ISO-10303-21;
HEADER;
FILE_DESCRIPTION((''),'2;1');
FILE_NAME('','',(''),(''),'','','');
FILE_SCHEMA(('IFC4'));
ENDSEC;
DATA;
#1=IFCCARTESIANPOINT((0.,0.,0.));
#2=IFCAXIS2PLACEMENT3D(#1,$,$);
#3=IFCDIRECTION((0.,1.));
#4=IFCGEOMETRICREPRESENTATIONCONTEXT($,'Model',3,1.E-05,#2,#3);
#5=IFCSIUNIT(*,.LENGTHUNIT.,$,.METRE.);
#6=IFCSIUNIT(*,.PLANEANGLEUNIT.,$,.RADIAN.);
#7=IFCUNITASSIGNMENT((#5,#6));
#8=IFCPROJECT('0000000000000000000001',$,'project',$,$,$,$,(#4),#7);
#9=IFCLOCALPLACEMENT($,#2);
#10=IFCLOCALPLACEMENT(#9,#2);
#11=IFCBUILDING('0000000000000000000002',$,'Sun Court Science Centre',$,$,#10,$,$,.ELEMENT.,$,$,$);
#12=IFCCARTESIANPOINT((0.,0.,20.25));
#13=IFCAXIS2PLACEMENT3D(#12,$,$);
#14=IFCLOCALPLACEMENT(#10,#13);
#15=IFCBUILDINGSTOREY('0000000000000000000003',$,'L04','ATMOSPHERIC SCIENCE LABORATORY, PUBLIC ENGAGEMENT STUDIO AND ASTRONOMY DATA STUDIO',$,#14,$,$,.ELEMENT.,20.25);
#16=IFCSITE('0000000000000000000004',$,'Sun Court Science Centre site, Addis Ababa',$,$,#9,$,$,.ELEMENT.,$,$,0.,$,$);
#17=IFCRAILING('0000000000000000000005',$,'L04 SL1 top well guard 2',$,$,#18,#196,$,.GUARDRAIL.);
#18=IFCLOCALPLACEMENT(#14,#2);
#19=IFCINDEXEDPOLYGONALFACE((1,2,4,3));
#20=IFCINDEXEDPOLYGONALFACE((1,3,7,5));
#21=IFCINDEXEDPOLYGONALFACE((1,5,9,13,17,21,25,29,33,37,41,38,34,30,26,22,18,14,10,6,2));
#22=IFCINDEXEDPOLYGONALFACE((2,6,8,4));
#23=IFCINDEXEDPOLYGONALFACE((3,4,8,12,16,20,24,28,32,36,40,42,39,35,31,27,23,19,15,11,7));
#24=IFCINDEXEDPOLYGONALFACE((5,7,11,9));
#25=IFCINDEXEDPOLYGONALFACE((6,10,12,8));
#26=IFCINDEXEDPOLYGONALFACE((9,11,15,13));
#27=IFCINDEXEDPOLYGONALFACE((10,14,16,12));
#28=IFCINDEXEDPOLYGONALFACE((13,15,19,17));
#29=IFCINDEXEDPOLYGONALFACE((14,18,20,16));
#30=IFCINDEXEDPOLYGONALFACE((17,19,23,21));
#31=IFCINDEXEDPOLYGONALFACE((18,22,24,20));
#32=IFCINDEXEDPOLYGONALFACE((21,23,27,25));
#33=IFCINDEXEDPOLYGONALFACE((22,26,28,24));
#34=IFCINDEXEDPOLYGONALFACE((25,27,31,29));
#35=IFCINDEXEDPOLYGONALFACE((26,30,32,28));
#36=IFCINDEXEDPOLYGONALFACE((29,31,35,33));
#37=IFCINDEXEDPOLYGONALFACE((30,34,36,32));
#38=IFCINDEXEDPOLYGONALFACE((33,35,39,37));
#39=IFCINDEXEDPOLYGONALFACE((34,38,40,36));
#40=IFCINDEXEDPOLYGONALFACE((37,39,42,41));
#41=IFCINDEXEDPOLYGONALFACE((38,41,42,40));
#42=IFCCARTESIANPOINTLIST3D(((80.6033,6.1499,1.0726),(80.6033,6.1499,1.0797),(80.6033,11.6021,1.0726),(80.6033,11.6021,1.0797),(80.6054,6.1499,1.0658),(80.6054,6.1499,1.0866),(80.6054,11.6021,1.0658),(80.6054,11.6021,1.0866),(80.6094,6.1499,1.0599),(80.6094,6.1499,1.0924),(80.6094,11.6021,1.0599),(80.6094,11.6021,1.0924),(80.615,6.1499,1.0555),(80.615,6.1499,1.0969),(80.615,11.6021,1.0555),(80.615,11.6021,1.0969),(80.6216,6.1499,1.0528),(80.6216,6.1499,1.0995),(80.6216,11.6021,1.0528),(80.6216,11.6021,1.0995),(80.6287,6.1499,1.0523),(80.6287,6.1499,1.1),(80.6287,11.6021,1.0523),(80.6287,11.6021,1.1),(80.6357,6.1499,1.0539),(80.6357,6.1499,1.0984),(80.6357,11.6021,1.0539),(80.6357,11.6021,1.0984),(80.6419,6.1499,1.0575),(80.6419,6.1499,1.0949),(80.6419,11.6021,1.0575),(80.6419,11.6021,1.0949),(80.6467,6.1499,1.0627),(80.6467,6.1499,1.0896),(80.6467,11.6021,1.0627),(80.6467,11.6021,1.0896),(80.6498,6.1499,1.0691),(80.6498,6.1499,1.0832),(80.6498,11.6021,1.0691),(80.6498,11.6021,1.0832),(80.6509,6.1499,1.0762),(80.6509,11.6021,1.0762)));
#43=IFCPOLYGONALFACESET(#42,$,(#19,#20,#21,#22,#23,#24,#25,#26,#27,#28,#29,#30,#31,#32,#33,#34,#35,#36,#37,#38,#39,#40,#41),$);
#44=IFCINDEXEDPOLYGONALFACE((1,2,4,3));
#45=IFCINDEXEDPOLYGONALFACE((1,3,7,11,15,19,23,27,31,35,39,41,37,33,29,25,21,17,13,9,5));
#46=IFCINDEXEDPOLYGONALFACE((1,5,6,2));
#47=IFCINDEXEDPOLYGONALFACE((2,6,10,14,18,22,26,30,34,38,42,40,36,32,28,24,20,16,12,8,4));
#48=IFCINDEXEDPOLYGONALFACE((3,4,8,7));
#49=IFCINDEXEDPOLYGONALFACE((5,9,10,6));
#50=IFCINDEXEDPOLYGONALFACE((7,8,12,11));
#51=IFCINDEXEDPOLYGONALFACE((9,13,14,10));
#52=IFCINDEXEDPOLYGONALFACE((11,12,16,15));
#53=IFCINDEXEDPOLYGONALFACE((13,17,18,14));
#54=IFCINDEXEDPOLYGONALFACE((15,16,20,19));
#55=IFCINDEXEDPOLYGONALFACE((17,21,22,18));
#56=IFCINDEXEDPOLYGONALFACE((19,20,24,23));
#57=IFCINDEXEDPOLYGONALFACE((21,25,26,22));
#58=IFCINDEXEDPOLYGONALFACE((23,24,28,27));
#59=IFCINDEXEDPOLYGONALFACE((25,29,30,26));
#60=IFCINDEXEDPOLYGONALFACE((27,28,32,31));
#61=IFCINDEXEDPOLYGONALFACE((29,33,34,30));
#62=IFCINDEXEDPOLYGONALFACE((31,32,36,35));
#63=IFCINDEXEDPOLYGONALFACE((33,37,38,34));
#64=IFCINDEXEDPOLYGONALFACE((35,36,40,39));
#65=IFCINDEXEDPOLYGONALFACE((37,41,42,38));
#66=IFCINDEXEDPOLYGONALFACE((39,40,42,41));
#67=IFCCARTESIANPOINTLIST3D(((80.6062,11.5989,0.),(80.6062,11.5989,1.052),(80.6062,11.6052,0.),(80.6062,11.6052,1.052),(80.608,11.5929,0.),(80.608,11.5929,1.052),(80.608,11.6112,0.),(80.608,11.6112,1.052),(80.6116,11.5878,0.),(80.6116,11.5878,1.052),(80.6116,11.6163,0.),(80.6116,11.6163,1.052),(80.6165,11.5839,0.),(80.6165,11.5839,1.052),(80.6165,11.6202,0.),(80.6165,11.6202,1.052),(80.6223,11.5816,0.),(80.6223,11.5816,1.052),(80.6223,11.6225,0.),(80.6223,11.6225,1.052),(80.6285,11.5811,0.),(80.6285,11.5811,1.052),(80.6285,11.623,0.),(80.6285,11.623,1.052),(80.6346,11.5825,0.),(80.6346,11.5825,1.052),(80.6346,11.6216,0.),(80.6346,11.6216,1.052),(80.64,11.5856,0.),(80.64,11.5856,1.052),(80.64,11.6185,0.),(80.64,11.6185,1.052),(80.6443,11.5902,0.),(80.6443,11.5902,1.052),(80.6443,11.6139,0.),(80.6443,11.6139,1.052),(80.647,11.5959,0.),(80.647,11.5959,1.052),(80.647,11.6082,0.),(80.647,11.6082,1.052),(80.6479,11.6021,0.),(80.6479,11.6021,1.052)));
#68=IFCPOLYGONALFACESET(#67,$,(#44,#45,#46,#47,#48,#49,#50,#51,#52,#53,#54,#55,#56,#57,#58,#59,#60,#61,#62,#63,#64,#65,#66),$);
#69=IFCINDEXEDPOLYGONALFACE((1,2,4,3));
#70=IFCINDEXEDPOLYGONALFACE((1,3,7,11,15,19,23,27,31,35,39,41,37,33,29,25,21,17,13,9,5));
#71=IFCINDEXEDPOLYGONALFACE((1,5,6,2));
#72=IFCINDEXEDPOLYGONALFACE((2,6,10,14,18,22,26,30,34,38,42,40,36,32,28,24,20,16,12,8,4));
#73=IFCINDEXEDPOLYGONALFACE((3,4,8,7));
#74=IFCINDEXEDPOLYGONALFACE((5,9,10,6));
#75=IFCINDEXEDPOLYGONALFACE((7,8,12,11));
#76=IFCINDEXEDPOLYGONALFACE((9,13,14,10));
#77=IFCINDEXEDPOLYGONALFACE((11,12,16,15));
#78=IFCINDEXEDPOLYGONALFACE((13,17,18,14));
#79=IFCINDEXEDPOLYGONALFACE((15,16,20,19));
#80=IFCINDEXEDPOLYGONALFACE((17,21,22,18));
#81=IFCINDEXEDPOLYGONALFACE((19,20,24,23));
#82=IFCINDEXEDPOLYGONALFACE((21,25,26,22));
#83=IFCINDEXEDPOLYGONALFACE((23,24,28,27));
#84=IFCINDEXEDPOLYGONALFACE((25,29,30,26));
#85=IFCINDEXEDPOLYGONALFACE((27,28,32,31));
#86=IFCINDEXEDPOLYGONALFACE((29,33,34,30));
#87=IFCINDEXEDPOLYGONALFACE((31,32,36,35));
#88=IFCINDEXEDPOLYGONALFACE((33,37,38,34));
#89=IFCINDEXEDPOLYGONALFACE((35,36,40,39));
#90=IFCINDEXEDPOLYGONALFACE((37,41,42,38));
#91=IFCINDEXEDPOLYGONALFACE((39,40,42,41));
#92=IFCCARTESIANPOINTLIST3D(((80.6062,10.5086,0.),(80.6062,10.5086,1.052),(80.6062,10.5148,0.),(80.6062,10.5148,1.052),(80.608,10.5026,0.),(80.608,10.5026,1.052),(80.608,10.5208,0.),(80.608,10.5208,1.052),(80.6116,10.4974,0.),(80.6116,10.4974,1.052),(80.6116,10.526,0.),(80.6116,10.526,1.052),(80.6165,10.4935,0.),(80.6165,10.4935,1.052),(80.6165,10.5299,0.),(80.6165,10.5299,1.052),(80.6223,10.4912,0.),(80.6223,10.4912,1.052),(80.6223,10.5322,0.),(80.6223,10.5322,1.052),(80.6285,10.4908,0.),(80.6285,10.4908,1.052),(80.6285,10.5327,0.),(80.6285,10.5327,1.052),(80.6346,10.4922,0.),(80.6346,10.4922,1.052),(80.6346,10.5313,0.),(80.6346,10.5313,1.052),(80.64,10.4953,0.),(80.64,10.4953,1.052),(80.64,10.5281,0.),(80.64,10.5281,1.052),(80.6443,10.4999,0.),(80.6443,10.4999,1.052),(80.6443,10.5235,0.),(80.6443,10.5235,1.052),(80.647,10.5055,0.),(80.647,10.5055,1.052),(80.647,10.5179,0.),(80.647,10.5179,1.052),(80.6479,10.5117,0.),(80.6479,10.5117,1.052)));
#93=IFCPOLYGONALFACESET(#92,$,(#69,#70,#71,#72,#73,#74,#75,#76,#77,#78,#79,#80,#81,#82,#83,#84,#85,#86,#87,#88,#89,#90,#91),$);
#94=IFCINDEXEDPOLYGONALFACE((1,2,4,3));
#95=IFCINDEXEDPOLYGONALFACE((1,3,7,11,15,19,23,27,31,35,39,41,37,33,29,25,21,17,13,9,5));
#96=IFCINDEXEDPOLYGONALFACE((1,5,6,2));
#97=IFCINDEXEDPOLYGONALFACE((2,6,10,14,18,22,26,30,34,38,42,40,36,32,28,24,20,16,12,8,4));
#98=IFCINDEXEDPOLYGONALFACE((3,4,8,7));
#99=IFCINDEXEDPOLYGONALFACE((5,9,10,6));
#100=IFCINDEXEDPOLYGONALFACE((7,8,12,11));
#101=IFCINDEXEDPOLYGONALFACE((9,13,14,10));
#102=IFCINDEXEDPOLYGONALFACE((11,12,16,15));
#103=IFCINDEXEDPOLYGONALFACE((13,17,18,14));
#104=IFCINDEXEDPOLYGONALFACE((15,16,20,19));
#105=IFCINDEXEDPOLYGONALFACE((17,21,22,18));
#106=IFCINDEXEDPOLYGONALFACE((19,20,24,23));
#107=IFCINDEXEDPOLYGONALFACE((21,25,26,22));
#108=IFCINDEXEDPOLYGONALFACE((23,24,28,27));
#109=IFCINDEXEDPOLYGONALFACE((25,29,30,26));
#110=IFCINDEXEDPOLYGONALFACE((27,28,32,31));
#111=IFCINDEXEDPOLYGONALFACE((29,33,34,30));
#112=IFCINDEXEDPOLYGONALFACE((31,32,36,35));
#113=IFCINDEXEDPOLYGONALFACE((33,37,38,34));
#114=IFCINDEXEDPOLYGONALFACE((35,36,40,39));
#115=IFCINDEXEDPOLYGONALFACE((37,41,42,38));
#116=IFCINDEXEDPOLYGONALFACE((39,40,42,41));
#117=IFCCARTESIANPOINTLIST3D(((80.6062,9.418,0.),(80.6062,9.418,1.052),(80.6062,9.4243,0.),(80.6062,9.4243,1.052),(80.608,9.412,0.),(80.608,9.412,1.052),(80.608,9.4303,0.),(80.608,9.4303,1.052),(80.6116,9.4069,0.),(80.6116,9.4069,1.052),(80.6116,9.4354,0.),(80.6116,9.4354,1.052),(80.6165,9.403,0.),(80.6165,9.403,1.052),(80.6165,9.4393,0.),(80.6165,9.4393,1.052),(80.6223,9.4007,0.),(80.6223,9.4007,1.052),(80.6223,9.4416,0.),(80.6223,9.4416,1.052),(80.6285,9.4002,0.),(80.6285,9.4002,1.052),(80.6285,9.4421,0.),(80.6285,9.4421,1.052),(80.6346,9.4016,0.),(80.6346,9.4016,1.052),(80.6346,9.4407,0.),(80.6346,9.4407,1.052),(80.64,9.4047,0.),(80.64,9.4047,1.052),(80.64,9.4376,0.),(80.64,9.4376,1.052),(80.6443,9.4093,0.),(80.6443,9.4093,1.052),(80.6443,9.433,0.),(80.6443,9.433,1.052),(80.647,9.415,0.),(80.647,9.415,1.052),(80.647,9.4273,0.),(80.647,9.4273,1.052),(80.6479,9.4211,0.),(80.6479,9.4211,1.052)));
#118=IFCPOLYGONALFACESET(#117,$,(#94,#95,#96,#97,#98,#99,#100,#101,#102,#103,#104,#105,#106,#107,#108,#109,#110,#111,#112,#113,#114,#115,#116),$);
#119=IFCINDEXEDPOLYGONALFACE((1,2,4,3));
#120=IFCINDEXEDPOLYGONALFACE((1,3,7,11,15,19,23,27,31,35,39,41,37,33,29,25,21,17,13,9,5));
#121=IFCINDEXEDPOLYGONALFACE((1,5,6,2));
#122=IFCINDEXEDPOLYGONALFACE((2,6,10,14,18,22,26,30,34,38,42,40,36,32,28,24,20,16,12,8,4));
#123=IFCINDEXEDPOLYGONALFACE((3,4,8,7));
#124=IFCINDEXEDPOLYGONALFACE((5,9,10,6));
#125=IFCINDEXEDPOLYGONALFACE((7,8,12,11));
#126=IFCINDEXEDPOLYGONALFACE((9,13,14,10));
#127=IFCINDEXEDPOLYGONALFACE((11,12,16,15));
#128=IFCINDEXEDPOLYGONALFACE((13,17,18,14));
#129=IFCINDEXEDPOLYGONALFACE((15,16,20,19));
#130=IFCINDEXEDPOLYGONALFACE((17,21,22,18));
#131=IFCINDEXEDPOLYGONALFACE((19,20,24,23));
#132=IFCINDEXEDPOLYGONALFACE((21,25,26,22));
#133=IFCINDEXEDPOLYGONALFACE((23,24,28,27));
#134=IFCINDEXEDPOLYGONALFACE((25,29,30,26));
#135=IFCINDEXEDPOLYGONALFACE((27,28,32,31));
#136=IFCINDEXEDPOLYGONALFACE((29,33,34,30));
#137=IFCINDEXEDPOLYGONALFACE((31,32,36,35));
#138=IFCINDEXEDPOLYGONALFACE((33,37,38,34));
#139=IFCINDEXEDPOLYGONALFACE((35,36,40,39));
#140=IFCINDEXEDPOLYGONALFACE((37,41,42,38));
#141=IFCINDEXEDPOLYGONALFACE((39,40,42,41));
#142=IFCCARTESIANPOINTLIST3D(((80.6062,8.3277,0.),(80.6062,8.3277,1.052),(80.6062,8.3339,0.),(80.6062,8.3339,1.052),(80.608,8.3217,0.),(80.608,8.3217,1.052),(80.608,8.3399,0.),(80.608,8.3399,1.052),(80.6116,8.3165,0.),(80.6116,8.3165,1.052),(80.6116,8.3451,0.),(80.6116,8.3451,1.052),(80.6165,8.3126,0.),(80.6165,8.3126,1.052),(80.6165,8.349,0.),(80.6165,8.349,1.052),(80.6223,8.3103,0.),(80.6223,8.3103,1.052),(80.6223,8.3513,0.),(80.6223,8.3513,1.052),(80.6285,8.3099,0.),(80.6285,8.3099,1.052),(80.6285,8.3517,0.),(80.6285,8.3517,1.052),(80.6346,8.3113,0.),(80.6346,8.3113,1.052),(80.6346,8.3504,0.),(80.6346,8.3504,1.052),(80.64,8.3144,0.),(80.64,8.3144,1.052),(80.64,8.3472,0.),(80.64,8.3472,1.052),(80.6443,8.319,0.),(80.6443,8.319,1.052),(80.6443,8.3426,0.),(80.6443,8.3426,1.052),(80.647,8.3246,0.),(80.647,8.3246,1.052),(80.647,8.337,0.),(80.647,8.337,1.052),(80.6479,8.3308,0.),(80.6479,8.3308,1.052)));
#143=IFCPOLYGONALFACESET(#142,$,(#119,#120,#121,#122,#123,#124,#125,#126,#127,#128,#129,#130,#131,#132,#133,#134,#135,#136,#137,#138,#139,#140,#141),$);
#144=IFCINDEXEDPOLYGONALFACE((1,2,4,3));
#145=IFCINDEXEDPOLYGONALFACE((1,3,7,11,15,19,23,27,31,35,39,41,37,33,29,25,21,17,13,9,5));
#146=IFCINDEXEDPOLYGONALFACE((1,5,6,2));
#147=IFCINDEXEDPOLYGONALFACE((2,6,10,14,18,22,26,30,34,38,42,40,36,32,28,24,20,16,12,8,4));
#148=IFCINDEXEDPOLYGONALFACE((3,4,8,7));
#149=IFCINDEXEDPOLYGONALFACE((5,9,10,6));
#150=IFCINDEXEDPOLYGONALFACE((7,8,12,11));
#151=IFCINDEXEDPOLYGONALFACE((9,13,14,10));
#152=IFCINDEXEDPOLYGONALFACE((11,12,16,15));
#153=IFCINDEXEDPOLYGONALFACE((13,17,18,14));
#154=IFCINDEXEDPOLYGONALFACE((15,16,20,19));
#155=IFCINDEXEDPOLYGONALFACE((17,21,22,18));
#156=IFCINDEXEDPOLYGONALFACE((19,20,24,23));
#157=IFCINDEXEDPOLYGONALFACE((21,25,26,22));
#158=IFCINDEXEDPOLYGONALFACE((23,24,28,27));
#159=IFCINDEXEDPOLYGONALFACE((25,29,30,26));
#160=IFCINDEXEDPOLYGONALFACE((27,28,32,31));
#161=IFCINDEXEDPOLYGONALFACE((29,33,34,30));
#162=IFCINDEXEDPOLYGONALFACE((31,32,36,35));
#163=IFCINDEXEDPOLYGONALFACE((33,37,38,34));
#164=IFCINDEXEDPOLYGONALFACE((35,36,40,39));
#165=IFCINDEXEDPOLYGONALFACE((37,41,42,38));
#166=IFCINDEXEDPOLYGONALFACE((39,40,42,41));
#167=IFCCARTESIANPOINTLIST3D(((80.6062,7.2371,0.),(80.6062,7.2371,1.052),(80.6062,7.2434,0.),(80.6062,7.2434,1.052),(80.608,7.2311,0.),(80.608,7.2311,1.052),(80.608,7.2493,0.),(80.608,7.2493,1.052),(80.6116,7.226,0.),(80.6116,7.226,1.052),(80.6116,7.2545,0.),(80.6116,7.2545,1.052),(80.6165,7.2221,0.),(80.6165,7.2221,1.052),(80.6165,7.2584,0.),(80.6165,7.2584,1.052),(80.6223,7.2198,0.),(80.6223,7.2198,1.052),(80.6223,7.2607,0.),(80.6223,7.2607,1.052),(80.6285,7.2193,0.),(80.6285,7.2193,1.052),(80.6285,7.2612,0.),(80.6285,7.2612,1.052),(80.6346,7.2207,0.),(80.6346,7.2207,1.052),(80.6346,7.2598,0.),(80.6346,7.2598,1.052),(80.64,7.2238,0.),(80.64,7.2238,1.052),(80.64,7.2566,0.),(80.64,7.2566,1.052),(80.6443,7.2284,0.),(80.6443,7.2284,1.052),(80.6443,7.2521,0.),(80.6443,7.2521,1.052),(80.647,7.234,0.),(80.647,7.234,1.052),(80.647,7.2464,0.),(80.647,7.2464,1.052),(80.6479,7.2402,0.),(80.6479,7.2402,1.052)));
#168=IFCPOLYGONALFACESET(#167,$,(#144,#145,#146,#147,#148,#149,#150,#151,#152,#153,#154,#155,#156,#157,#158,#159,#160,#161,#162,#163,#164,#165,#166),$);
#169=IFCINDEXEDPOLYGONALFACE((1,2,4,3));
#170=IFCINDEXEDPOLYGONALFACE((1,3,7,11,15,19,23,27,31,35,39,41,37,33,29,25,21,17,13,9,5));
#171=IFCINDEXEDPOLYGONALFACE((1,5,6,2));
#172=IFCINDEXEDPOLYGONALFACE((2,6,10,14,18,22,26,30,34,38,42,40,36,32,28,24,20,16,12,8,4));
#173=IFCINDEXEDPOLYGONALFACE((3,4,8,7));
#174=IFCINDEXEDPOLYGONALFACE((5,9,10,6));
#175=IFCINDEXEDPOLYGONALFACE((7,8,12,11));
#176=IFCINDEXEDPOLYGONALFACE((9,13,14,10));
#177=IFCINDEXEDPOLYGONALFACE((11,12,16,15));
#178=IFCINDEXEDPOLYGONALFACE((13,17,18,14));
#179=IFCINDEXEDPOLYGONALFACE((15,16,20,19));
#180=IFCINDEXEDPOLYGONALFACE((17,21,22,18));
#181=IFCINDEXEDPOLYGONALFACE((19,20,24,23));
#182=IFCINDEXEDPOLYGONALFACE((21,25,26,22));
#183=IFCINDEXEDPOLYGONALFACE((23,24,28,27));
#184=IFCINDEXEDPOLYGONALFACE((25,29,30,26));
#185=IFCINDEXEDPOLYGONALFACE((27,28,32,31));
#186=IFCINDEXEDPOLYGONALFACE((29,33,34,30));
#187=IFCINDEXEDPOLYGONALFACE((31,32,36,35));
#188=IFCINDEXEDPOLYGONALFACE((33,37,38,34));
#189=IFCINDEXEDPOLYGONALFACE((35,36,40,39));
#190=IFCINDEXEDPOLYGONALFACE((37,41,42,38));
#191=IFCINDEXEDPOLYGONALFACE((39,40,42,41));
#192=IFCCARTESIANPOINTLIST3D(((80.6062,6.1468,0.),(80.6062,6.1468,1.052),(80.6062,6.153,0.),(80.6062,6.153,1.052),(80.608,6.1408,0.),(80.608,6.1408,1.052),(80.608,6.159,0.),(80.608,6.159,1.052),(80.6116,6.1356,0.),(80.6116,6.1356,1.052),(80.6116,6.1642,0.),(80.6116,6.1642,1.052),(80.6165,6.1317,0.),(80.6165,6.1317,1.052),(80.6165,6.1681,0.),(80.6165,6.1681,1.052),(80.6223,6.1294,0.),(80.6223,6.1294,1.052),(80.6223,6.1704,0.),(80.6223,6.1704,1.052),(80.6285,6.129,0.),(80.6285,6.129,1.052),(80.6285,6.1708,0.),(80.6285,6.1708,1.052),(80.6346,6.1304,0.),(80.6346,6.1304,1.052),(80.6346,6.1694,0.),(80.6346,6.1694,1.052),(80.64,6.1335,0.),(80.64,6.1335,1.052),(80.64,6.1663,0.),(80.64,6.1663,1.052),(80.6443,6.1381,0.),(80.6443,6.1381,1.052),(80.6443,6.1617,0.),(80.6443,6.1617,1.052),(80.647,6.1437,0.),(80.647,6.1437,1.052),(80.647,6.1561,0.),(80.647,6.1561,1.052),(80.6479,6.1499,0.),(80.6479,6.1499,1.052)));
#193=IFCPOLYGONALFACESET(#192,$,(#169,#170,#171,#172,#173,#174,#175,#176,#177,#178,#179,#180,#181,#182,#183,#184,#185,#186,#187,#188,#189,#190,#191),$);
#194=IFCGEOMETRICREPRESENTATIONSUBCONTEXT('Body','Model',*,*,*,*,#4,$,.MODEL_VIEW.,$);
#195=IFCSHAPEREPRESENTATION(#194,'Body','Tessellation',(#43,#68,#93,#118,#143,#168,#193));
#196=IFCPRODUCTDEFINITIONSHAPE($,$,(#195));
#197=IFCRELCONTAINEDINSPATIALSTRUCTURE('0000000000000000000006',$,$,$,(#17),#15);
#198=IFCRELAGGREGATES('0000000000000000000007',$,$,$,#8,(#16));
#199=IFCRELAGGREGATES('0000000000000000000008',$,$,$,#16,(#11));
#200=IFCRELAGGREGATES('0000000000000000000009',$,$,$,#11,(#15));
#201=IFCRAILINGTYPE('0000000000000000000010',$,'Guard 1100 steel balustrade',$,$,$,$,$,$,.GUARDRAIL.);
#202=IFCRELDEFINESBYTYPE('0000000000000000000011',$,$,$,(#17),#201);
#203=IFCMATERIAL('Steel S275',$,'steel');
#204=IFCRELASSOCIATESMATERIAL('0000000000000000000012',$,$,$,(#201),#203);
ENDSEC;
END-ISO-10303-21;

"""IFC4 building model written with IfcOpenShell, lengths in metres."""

from ifc_helpers import new_model, si_unit, direction, frame, origin, origin_2d, place, context, subcontext, project, spatial, circle, extrude, material, type_object, element, save


model = new_model("IFC4")

# Units and contexts
model_context = context("Model", 3, precision=1e-05, world=origin(), true_north=direction((0.0, 1.0)))
body_context = subcontext(model_context, "Body", "Model", "MODEL_VIEW")
ifc_project = project(units=[si_unit("LENGTHUNIT", "METRE"), si_unit("PLANEANGLEUNIT", "RADIAN")], contexts=[model_context])

# Site, building, storey
site_placement = place(None, origin())
site = spatial("IfcSite", under=ifc_project, at=site_placement, Name="Sun Court Science Centre site, Addis Ababa", CompositionType="ELEMENT", RefElevation=0.0)
building_placement = place(site_placement, origin())
building = spatial("IfcBuilding", under=site, at=building_placement, Name="Sun Court Science Centre", CompositionType="ELEMENT")
storey_placement = place(building_placement, frame((0.0, 0.0, 20.25)))
storey = spatial("IfcBuildingStorey", under=building, at=storey_placement, Name="L04", Description="ATMOSPHERIC SCIENCE LABORATORY, PUBLIC ENGAGEMENT STUDIO AND ASTRONOMY DATA STUDIO", CompositionType="ELEMENT", Elevation=20.25)

# Railing
ifc_material_1 = material(Name="Steel S275", Category="steel")
railing_type = type_object("IfcRailingType", Name="Guard 1100 steel balustrade", PredefinedType="GUARDRAIL", material=ifc_material_1)
railing_1_placement = place(storey_placement, frame((80.627, 11.6021, 0.0)))
element("IfcRailing", 1, at=railing_1_placement, inside=storey, type_object=railing_type, Name="L04 SL1 top well guard 2", PredefinedType="GUARDRAIL", context=body_context, shape_type="SweptSolid", body=[
    extrude(circle(Radius=0.0239, at=origin_2d()), frame((0.0, 0.0, 1.0762), z_axis=(0.0, -1.0, 0.0), x_axis=(1.0, 0.0, 0.0)), (0.0, 0.0, 1.0), 5.4521),
    extrude(circle(Radius=0.021, at=origin_2d()), origin(), (0.0, 0.0, 1.0), 1.052),
    extrude(circle(Radius=0.021, at=origin_2d()), frame((0.0, -1.0903, 0.0)), (0.0, 0.0, 1.0), 1.052),
    extrude(circle(Radius=0.021, at=origin_2d()), frame((0.0, -2.1809, 0.0)), (0.0, 0.0, 1.0), 1.052),
    extrude(circle(Radius=0.021, at=origin_2d()), frame((0.0, -3.2712, 0.0)), (0.0, 0.0, 1.0), 1.052),
    extrude(circle(Radius=0.021, at=origin_2d()), frame((0.0, -4.3618, 0.0)), (0.0, 0.0, 1.0), 1.052),
    extrude(circle(Radius=0.021, at=origin_2d()), frame((0.0, -5.4521, 0.0)), (0.0, 0.0, 1.0), 1.052),
])

save(model, "model.ifc")
